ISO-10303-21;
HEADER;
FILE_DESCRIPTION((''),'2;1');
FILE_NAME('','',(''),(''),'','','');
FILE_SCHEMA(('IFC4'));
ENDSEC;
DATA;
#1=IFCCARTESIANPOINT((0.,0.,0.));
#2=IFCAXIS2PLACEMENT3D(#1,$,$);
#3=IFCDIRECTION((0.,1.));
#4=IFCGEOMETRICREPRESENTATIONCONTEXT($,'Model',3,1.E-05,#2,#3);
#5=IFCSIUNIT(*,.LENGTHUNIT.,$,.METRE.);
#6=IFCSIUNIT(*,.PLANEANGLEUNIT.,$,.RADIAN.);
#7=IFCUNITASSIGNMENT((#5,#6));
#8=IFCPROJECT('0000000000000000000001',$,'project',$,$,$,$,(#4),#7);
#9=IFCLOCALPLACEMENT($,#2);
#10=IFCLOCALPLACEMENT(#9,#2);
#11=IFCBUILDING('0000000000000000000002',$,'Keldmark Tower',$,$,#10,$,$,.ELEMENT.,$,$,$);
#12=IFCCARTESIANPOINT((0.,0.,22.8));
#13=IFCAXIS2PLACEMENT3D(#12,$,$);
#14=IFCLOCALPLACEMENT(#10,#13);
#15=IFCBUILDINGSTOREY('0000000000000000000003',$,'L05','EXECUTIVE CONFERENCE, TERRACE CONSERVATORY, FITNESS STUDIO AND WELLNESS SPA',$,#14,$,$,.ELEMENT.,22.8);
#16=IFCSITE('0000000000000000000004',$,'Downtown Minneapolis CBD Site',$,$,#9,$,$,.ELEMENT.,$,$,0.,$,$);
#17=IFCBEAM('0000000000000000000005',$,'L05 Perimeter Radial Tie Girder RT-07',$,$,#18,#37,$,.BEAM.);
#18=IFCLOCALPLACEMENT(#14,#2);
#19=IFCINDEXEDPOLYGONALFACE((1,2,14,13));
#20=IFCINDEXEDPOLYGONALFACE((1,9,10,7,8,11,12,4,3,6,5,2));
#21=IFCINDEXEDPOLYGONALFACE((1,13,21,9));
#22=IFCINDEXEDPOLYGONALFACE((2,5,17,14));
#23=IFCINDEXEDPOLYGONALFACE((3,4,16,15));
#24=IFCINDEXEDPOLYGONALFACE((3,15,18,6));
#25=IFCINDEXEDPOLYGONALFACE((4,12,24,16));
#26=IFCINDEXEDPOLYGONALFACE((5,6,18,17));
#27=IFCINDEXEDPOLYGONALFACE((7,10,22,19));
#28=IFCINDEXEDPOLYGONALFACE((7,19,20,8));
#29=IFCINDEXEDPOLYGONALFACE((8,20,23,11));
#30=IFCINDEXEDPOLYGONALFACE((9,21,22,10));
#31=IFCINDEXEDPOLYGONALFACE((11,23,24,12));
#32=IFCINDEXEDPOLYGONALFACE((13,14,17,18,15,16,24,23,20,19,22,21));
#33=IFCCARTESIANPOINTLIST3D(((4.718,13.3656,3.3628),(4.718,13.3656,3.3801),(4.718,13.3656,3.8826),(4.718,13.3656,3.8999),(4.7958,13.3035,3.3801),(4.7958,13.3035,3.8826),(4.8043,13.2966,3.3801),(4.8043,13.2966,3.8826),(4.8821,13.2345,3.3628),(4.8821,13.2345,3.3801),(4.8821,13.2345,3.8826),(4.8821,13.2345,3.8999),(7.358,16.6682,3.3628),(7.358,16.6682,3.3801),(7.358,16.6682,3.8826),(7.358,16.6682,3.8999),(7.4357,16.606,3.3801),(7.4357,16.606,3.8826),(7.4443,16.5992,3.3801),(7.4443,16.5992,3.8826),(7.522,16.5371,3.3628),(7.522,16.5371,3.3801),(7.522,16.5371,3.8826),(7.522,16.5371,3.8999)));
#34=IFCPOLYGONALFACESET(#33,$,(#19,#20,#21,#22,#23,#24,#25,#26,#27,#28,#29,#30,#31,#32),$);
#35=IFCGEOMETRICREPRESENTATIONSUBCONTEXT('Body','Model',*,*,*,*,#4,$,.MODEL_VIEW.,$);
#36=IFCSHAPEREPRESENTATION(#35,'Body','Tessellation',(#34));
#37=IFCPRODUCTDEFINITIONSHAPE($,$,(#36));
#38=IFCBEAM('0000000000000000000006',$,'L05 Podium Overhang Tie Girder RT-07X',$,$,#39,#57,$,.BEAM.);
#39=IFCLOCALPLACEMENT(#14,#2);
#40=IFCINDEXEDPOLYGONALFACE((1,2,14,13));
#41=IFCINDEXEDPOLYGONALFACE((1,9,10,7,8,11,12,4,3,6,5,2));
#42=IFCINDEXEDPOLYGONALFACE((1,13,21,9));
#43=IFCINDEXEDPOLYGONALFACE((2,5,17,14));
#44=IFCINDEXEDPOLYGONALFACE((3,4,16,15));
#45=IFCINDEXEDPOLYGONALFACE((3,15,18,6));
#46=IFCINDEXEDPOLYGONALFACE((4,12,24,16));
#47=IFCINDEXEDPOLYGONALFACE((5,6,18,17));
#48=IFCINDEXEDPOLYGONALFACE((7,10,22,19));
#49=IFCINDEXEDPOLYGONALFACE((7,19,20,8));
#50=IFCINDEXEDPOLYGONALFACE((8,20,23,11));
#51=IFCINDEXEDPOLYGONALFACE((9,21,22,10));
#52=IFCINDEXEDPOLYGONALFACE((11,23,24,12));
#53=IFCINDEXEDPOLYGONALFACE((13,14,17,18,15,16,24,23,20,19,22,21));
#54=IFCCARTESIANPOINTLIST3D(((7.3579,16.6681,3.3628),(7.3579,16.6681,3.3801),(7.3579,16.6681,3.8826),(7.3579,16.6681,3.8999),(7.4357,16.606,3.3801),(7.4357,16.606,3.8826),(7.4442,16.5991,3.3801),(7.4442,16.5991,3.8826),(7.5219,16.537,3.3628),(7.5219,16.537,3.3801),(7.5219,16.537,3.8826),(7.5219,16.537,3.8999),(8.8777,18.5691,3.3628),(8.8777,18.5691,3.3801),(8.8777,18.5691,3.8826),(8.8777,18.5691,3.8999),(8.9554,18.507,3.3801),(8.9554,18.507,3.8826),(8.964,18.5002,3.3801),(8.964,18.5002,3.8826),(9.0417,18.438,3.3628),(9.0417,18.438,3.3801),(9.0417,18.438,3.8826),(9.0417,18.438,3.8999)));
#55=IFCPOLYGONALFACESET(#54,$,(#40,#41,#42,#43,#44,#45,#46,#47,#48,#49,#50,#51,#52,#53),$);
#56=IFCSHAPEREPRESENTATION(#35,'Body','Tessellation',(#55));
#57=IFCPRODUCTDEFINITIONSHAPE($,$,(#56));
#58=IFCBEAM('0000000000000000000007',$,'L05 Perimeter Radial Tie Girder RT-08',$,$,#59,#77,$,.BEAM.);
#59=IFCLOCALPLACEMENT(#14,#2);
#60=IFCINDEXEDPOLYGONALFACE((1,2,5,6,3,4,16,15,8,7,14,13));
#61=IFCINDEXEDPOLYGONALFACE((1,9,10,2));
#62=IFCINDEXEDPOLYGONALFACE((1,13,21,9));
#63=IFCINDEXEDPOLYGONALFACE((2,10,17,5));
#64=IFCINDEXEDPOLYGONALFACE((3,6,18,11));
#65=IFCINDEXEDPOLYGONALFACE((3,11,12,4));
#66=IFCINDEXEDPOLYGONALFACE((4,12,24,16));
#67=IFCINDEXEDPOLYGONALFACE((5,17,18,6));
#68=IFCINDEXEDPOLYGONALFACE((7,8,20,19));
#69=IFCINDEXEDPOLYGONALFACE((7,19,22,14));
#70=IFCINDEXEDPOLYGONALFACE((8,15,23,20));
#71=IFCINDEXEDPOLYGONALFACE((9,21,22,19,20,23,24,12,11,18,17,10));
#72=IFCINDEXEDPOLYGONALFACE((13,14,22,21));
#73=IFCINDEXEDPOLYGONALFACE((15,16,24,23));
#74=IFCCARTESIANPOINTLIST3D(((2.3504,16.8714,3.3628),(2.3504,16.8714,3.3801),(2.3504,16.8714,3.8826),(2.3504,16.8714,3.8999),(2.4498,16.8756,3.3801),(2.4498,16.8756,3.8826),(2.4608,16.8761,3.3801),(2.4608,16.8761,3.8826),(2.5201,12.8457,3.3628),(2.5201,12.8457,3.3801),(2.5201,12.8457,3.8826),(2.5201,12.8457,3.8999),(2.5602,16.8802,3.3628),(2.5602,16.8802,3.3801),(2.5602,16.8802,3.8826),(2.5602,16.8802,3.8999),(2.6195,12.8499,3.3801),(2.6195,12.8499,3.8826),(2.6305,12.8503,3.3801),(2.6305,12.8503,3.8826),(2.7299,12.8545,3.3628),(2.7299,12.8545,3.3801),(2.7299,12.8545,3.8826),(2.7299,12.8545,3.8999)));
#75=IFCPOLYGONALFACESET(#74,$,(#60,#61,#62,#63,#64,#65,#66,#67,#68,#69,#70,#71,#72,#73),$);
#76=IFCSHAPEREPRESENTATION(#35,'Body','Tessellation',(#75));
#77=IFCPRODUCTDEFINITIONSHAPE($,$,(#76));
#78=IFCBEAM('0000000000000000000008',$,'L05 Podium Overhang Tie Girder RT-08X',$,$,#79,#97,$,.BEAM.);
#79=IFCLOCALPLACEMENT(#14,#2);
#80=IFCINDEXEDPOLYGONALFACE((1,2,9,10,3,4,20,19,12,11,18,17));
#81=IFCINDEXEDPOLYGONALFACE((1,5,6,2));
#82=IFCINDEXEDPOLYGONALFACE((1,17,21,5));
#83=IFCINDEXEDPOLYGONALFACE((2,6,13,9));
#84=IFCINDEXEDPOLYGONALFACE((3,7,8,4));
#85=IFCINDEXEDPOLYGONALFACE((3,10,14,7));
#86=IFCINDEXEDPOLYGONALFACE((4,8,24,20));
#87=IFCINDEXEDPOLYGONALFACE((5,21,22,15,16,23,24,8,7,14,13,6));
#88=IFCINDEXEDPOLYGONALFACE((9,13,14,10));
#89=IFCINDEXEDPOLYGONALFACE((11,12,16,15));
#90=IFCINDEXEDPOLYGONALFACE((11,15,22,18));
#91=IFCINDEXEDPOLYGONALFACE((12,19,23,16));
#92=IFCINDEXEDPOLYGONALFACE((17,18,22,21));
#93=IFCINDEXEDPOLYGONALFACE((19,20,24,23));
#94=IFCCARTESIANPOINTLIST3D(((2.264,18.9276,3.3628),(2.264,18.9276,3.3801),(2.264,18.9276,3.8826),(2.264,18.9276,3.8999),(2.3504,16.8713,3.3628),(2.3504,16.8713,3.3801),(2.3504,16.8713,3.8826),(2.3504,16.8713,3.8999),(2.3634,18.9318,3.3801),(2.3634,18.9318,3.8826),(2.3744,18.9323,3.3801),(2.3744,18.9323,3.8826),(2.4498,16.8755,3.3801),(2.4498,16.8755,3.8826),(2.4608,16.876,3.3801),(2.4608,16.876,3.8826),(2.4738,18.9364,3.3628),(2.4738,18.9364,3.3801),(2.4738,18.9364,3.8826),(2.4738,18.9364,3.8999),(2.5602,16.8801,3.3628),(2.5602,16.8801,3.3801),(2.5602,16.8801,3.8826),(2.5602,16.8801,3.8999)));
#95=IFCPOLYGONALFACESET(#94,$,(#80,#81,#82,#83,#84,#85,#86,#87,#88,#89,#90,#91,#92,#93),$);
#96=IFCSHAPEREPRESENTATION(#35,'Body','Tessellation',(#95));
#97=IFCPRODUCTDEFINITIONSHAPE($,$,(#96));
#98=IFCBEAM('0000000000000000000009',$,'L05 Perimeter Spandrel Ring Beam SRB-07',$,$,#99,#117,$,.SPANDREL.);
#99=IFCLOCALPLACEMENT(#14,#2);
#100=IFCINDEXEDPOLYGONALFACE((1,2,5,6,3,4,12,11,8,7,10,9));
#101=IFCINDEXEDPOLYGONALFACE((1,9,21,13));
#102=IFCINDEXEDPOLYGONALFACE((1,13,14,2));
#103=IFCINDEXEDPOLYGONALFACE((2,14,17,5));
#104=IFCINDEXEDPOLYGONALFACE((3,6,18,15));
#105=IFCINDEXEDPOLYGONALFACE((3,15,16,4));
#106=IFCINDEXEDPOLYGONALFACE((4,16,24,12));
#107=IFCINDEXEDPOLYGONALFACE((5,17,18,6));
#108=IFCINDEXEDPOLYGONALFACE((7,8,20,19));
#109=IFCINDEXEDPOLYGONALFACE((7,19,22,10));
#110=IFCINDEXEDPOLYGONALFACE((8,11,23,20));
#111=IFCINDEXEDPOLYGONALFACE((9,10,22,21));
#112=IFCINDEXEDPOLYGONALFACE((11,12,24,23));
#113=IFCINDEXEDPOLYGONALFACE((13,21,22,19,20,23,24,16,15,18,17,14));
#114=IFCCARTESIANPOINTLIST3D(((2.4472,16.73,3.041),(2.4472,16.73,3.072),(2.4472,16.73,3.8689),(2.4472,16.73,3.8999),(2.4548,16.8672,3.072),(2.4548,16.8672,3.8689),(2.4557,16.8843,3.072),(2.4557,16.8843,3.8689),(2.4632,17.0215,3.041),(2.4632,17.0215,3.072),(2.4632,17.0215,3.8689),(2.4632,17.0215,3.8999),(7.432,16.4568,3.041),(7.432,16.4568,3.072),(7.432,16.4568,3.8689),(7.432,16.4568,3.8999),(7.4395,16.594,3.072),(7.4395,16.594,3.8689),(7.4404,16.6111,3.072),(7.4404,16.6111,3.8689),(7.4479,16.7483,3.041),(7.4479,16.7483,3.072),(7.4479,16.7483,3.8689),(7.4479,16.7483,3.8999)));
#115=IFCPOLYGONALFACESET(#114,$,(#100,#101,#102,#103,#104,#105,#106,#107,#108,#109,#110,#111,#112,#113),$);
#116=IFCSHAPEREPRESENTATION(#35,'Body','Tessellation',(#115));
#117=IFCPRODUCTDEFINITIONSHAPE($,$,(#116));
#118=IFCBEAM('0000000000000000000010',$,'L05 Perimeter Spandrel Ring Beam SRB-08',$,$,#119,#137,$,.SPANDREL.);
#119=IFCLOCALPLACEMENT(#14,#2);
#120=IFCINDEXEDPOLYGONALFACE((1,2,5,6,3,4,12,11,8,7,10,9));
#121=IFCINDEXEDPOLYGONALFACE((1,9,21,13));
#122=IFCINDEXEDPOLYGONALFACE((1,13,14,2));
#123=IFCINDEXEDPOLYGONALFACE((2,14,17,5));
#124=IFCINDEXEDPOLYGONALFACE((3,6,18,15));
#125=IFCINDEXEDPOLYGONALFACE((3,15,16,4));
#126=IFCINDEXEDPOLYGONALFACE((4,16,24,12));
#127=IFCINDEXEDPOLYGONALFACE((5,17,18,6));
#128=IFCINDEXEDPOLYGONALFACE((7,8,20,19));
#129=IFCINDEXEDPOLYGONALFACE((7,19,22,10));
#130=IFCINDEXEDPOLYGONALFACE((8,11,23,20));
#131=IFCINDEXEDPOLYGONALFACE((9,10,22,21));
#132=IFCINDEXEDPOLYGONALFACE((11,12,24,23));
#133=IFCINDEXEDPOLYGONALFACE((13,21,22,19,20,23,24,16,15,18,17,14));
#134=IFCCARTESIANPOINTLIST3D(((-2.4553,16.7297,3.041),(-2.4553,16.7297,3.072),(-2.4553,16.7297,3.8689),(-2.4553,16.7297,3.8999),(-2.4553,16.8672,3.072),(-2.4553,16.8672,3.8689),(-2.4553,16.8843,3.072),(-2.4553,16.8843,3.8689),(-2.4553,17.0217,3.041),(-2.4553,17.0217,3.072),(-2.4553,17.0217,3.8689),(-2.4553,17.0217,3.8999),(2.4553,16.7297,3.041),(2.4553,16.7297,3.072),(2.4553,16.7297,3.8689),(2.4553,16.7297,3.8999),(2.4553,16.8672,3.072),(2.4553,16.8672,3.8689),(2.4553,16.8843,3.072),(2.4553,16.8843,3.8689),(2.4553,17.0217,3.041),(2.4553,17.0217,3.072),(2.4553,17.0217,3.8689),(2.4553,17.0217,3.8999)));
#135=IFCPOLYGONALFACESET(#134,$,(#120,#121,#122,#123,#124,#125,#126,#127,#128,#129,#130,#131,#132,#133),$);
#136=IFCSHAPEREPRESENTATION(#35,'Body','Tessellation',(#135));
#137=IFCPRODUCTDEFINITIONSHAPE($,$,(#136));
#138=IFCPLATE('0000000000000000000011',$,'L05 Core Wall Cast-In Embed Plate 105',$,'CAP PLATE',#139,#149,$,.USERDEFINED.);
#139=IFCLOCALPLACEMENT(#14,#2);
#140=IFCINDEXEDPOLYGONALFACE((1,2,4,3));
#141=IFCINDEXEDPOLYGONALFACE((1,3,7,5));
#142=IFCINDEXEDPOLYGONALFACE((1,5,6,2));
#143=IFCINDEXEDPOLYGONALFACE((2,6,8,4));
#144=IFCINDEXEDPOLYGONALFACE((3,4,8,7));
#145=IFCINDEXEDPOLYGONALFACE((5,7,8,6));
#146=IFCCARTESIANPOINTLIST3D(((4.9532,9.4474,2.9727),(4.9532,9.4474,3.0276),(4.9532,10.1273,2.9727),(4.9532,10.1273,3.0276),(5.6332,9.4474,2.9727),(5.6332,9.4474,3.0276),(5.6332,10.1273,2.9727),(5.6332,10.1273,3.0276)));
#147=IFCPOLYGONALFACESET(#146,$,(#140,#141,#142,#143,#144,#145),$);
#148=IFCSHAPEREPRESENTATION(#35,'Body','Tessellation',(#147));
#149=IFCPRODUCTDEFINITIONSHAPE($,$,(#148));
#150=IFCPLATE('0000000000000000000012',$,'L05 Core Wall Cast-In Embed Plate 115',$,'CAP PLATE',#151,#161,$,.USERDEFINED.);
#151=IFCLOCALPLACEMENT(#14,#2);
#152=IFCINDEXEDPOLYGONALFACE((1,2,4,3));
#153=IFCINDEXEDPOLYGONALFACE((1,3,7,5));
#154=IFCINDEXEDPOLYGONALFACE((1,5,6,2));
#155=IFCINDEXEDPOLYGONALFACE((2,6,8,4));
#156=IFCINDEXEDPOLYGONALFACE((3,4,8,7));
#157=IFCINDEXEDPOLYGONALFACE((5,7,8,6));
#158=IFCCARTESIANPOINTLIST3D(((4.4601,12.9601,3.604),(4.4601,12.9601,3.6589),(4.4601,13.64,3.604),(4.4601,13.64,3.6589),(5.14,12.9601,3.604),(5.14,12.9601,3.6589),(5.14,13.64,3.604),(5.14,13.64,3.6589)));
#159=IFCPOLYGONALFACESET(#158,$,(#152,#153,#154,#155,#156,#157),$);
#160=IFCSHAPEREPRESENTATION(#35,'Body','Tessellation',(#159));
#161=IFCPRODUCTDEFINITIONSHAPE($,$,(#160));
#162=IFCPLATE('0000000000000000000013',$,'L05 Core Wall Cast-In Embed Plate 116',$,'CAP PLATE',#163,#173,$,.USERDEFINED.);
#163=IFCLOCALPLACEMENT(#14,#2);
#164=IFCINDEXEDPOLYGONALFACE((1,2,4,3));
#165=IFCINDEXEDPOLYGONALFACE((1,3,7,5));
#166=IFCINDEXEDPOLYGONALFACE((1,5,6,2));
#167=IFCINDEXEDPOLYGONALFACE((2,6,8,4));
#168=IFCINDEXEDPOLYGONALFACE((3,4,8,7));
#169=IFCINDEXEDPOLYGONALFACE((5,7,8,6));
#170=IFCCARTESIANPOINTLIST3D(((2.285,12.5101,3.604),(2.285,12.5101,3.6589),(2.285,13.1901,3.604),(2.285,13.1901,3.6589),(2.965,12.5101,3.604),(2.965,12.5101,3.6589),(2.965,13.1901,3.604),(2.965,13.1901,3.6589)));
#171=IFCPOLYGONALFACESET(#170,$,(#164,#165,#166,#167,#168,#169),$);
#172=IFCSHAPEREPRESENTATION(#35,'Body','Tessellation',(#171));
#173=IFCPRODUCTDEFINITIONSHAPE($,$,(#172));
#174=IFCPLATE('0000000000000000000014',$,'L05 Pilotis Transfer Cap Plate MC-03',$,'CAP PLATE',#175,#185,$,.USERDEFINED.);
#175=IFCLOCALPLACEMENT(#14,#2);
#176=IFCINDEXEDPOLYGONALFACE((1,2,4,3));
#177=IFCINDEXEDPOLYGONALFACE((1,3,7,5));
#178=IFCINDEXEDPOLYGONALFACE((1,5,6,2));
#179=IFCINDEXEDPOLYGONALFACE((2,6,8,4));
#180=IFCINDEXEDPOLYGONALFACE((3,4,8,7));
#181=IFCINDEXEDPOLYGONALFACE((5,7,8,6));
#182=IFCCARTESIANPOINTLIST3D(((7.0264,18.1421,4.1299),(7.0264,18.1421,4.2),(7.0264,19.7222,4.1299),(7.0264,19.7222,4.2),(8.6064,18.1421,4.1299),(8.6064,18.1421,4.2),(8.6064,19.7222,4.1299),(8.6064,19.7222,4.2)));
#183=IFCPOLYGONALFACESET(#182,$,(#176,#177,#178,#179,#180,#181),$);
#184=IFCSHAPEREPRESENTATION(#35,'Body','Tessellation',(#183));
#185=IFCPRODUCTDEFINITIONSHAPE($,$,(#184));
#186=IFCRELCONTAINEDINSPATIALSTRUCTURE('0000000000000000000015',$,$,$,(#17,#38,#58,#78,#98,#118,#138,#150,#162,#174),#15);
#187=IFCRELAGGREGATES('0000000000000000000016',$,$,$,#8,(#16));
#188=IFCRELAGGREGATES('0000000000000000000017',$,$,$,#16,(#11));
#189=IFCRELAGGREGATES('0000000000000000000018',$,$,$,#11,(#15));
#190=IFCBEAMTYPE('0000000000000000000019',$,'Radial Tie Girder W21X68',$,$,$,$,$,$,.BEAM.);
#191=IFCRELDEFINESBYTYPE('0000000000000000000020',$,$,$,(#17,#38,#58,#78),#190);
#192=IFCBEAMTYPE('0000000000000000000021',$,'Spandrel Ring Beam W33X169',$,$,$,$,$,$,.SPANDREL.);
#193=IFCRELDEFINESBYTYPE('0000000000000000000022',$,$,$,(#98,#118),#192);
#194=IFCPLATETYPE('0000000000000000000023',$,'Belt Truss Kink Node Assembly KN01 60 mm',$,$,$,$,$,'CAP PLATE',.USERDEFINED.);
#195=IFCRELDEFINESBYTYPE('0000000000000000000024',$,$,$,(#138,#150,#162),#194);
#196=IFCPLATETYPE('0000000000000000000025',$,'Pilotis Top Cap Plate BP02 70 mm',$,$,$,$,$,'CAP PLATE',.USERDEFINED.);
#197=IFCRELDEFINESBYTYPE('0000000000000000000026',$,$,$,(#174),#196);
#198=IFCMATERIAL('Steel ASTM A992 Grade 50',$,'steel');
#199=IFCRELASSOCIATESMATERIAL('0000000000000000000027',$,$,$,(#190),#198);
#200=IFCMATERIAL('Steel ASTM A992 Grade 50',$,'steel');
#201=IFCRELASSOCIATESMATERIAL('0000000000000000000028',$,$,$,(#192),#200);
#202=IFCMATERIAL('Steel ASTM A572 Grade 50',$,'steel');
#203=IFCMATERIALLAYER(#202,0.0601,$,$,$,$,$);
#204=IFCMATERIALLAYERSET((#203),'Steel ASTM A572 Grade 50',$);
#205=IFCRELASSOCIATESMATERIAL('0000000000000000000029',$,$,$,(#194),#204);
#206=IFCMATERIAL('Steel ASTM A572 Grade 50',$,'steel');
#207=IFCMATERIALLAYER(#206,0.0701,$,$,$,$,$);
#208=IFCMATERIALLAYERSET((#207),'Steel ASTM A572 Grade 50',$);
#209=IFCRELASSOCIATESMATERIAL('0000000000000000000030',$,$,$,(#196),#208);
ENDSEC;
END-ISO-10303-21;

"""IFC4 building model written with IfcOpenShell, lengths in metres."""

from ifc_helpers import new_model, si_unit, direction, frame, origin, origin_2d, place, context, subcontext, project, spatial, rectangle, i_section, extrude, material, layer, layer_set, material_profile, profile_set, type_object, element, save


model = new_model("IFC4")

# Units and contexts
model_context = context("Model", 3, precision=1e-05, world=origin(), true_north=direction((0.0, 1.0)))
body_context = subcontext(model_context, "Body", "Model", "MODEL_VIEW")
ifc_project = project(units=[si_unit("LENGTHUNIT", "METRE"), si_unit("PLANEANGLEUNIT", "RADIAN")], contexts=[model_context])

# Site, building, storey
site_placement = place(None, origin())
site = spatial("IfcSite", under=ifc_project, at=site_placement, Name="Downtown Minneapolis CBD Site", CompositionType="ELEMENT", RefElevation=0.0)
building_placement = place(site_placement, origin())
building = spatial("IfcBuilding", under=site, at=building_placement, Name="Keldmark Tower", CompositionType="ELEMENT")
storey_placement = place(building_placement, frame((0.0, 0.0, 22.8)))
storey = spatial("IfcBuildingStorey", under=building, at=storey_placement, Name="L05", Description="EXECUTIVE CONFERENCE, TERRACE CONSERVATORY, FITNESS STUDIO AND WELLNESS SPA", CompositionType="ELEMENT", Elevation=22.8)

# Beams
ifc_material_1 = material(Name="Steel ASTM A992 Grade 50", Category="steel")
ifc_material_profile_1 = material_profile(ifc_material_1, i_section(OverallWidth=0.21, OverallDepth=0.5371, WebThickness=0.011, FlangeThickness=0.0173, at=origin_2d()), Name="W21X68")
ifc_profile_set_1 = profile_set([ifc_material_profile_1], Name="Steel ASTM A992 Grade 50")
beam_type_1 = type_object("IfcBeamType", Name="Radial Tie Girder W21X68", PredefinedType="BEAM", material=ifc_profile_set_1)
beam_1_placement = place(storey_placement, frame((4.8, 13.3, 3.6313), z_axis=(0.624392, 0.781111, 0.0), x_axis=(-0.781111, 0.624392, 0.0)))
element("IfcBeam", 1, at=beam_1_placement, inside=storey, type_object=beam_type_1, Name="L05 Perimeter Radial Tie Girder RT-07", PredefinedType="BEAM", context=body_context, shape_type="SweptSolid", body=[
    extrude(i_section(OverallWidth=0.21, OverallDepth=0.5371, WebThickness=0.011, FlangeThickness=0.0173, at=origin_2d()), origin(), (0.0, 0.0, 1.0), 4.228),
])
beam_2_placement = place(storey_placement, frame((7.4399, 16.6025, 3.6313), z_axis=(0.624414, 0.781094, 0.0), x_axis=(-0.781094, 0.624414, 0.0)))
element("IfcBeam", 2, at=beam_2_placement, inside=storey, type_object=beam_type_1, Name="L05 Podium Overhang Tie Girder RT-07X", PredefinedType="BEAM", context=body_context, shape_type="SweptSolid", body=[
    extrude(i_section(OverallWidth=0.21, OverallDepth=0.5371, WebThickness=0.011, FlangeThickness=0.0173, at=origin_2d()), origin(), (0.0, 0.0, 1.0), 2.4338),
])
beam_3_placement = place(storey_placement, frame((2.625, 12.8501, 3.6313), z_axis=(-0.042112, 0.999113, 0.0), x_axis=(-0.999113, -0.042112, 0.0)))
element("IfcBeam", 3, at=beam_3_placement, inside=storey, type_object=beam_type_1, Name="L05 Perimeter Radial Tie Girder RT-08", PredefinedType="BEAM", context=body_context, shape_type="SweptSolid", body=[
    extrude(i_section(OverallWidth=0.21, OverallDepth=0.5371, WebThickness=0.011, FlangeThickness=0.0173, at=origin_2d()), origin(), (0.0, 0.0, 1.0), 4.0293),
])
beam_4_placement = place(storey_placement, frame((2.4553, 16.8757, 3.6313), z_axis=(-0.041991, 0.999118, 0.0), x_axis=(-0.999118, -0.041991, 0.0)))
element("IfcBeam", 4, at=beam_4_placement, inside=storey, type_object=beam_type_1, Name="L05 Podium Overhang Tie Girder RT-08X", PredefinedType="BEAM", context=body_context, shape_type="SweptSolid", body=[
    extrude(i_section(OverallWidth=0.21, OverallDepth=0.5371, WebThickness=0.011, FlangeThickness=0.0173, at=origin_2d()), origin(), (0.0, 0.0, 1.0), 2.0581),
])
ifc_material_2 = material(Name="Steel ASTM A992 Grade 50", Category="steel")
ifc_material_profile_2 = material_profile(ifc_material_2, i_section(OverallWidth=0.292, OverallDepth=0.8589, WebThickness=0.0171, FlangeThickness=0.031, at=origin_2d()), Name="W33X169")
ifc_profile_set_2 = profile_set([ifc_material_profile_2], Name="Steel ASTM A992 Grade 50")
beam_type_2 = type_object("IfcBeamType", Name="Spandrel Ring Beam W33X169", PredefinedType="SPANDREL", material=ifc_profile_set_2)
beam_5_placement = place(storey_placement, frame((7.4399, 16.6025, 3.4705), z_axis=(-0.998501, 0.054725, 0.0), x_axis=(-0.054725, -0.998501, 0.0)))
element("IfcBeam", 5, at=beam_5_placement, inside=storey, type_object=beam_type_2, Name="L05 Perimeter Spandrel Ring Beam SRB-07", PredefinedType="SPANDREL", context=body_context, shape_type="SweptSolid", body=[
    extrude(i_section(OverallWidth=0.292, OverallDepth=0.8589, WebThickness=0.0171, FlangeThickness=0.031, at=origin_2d()), origin(), (0.0, 0.0, 1.0), 4.9922),
])
beam_6_placement = place(storey_placement, frame((2.4553, 16.8757, 3.4705), z_axis=(-1.0, 0.0, 0.0), x_axis=(0.0, -1.0, 0.0)))
element("IfcBeam", 6, at=beam_6_placement, inside=storey, type_object=beam_type_2, Name="L05 Perimeter Spandrel Ring Beam SRB-08", PredefinedType="SPANDREL", context=body_context, shape_type="SweptSolid", body=[
    extrude(i_section(OverallWidth=0.292, OverallDepth=0.8589, WebThickness=0.0171, FlangeThickness=0.031, at=origin_2d()), origin(), (0.0, 0.0, 1.0), 4.9106),
])

# Plates
ifc_material_3 = material(Name="Steel ASTM A572 Grade 50", Category="steel")
ifc_layer_1 = layer(ifc_material_3, 0.0601)
ifc_layer_set_1 = layer_set([ifc_layer_1], Name="Steel ASTM A572 Grade 50")
plate_type_1 = type_object("IfcPlateType", Name="Belt Truss Kink Node Assembly KN01 60 mm", ElementType="CAP PLATE", PredefinedType="USERDEFINED", material=ifc_layer_set_1)
for number, where, z_axis, x_axis, name in (
    (7, (5.2932, 9.7874, 2.9727), (0.0, 0.0, 1.0), (1.0, 0.0, 0.0), "L05 Core Wall Cast-In Embed Plate 105"),
    (8, (4.8, 13.3, 3.604), (0.0, 0.0, 1.0), (1.0, 0.0, 0.0), "L05 Core Wall Cast-In Embed Plate 115"),
    (9, (2.625, 12.8501, 3.604), (0.0, 0.0, 1.0), (1.0, 0.0, 0.0), "L05 Core Wall Cast-In Embed Plate 116"),
):
    element("IfcPlate", number, at=place(storey_placement, frame(where, z_axis=z_axis, x_axis=x_axis)), inside=storey, type_object=plate_type_1, Name=name, ObjectType="CAP PLATE", PredefinedType="USERDEFINED", context=body_context, shape_type="SweptSolid", body=[
        extrude(rectangle(XDim=0.6799, YDim=0.6799, at=origin_2d()), origin(), (0.0, 0.0, 1.0), 0.0549),
    ])
ifc_material_4 = material(Name="Steel ASTM A572 Grade 50", Category="steel")
ifc_layer_2 = layer(ifc_material_4, 0.0701)
ifc_layer_set_2 = layer_set([ifc_layer_2], Name="Steel ASTM A572 Grade 50")
plate_type_2 = type_object("IfcPlateType", Name="Pilotis Top Cap Plate BP02 70 mm", ElementType="CAP PLATE", PredefinedType="USERDEFINED", material=ifc_layer_set_2)
plate_1_placement = place(storey_placement, frame((7.8164, 18.9321, 4.1299), z_axis=(0.0, 0.0, 1.0), x_axis=(1.0, 0.0, 0.0)))
element("IfcPlate", 10, at=plate_1_placement, inside=storey, type_object=plate_type_2, Name="L05 Pilotis Transfer Cap Plate MC-03", ObjectType="CAP PLATE", PredefinedType="USERDEFINED", context=body_context, shape_type="SweptSolid", body=[
    extrude(rectangle(XDim=1.5801, YDim=1.5801, at=origin_2d()), origin(), (0.0, 0.0, 1.0), 0.0701),
])

save(model, "model.ifc")
